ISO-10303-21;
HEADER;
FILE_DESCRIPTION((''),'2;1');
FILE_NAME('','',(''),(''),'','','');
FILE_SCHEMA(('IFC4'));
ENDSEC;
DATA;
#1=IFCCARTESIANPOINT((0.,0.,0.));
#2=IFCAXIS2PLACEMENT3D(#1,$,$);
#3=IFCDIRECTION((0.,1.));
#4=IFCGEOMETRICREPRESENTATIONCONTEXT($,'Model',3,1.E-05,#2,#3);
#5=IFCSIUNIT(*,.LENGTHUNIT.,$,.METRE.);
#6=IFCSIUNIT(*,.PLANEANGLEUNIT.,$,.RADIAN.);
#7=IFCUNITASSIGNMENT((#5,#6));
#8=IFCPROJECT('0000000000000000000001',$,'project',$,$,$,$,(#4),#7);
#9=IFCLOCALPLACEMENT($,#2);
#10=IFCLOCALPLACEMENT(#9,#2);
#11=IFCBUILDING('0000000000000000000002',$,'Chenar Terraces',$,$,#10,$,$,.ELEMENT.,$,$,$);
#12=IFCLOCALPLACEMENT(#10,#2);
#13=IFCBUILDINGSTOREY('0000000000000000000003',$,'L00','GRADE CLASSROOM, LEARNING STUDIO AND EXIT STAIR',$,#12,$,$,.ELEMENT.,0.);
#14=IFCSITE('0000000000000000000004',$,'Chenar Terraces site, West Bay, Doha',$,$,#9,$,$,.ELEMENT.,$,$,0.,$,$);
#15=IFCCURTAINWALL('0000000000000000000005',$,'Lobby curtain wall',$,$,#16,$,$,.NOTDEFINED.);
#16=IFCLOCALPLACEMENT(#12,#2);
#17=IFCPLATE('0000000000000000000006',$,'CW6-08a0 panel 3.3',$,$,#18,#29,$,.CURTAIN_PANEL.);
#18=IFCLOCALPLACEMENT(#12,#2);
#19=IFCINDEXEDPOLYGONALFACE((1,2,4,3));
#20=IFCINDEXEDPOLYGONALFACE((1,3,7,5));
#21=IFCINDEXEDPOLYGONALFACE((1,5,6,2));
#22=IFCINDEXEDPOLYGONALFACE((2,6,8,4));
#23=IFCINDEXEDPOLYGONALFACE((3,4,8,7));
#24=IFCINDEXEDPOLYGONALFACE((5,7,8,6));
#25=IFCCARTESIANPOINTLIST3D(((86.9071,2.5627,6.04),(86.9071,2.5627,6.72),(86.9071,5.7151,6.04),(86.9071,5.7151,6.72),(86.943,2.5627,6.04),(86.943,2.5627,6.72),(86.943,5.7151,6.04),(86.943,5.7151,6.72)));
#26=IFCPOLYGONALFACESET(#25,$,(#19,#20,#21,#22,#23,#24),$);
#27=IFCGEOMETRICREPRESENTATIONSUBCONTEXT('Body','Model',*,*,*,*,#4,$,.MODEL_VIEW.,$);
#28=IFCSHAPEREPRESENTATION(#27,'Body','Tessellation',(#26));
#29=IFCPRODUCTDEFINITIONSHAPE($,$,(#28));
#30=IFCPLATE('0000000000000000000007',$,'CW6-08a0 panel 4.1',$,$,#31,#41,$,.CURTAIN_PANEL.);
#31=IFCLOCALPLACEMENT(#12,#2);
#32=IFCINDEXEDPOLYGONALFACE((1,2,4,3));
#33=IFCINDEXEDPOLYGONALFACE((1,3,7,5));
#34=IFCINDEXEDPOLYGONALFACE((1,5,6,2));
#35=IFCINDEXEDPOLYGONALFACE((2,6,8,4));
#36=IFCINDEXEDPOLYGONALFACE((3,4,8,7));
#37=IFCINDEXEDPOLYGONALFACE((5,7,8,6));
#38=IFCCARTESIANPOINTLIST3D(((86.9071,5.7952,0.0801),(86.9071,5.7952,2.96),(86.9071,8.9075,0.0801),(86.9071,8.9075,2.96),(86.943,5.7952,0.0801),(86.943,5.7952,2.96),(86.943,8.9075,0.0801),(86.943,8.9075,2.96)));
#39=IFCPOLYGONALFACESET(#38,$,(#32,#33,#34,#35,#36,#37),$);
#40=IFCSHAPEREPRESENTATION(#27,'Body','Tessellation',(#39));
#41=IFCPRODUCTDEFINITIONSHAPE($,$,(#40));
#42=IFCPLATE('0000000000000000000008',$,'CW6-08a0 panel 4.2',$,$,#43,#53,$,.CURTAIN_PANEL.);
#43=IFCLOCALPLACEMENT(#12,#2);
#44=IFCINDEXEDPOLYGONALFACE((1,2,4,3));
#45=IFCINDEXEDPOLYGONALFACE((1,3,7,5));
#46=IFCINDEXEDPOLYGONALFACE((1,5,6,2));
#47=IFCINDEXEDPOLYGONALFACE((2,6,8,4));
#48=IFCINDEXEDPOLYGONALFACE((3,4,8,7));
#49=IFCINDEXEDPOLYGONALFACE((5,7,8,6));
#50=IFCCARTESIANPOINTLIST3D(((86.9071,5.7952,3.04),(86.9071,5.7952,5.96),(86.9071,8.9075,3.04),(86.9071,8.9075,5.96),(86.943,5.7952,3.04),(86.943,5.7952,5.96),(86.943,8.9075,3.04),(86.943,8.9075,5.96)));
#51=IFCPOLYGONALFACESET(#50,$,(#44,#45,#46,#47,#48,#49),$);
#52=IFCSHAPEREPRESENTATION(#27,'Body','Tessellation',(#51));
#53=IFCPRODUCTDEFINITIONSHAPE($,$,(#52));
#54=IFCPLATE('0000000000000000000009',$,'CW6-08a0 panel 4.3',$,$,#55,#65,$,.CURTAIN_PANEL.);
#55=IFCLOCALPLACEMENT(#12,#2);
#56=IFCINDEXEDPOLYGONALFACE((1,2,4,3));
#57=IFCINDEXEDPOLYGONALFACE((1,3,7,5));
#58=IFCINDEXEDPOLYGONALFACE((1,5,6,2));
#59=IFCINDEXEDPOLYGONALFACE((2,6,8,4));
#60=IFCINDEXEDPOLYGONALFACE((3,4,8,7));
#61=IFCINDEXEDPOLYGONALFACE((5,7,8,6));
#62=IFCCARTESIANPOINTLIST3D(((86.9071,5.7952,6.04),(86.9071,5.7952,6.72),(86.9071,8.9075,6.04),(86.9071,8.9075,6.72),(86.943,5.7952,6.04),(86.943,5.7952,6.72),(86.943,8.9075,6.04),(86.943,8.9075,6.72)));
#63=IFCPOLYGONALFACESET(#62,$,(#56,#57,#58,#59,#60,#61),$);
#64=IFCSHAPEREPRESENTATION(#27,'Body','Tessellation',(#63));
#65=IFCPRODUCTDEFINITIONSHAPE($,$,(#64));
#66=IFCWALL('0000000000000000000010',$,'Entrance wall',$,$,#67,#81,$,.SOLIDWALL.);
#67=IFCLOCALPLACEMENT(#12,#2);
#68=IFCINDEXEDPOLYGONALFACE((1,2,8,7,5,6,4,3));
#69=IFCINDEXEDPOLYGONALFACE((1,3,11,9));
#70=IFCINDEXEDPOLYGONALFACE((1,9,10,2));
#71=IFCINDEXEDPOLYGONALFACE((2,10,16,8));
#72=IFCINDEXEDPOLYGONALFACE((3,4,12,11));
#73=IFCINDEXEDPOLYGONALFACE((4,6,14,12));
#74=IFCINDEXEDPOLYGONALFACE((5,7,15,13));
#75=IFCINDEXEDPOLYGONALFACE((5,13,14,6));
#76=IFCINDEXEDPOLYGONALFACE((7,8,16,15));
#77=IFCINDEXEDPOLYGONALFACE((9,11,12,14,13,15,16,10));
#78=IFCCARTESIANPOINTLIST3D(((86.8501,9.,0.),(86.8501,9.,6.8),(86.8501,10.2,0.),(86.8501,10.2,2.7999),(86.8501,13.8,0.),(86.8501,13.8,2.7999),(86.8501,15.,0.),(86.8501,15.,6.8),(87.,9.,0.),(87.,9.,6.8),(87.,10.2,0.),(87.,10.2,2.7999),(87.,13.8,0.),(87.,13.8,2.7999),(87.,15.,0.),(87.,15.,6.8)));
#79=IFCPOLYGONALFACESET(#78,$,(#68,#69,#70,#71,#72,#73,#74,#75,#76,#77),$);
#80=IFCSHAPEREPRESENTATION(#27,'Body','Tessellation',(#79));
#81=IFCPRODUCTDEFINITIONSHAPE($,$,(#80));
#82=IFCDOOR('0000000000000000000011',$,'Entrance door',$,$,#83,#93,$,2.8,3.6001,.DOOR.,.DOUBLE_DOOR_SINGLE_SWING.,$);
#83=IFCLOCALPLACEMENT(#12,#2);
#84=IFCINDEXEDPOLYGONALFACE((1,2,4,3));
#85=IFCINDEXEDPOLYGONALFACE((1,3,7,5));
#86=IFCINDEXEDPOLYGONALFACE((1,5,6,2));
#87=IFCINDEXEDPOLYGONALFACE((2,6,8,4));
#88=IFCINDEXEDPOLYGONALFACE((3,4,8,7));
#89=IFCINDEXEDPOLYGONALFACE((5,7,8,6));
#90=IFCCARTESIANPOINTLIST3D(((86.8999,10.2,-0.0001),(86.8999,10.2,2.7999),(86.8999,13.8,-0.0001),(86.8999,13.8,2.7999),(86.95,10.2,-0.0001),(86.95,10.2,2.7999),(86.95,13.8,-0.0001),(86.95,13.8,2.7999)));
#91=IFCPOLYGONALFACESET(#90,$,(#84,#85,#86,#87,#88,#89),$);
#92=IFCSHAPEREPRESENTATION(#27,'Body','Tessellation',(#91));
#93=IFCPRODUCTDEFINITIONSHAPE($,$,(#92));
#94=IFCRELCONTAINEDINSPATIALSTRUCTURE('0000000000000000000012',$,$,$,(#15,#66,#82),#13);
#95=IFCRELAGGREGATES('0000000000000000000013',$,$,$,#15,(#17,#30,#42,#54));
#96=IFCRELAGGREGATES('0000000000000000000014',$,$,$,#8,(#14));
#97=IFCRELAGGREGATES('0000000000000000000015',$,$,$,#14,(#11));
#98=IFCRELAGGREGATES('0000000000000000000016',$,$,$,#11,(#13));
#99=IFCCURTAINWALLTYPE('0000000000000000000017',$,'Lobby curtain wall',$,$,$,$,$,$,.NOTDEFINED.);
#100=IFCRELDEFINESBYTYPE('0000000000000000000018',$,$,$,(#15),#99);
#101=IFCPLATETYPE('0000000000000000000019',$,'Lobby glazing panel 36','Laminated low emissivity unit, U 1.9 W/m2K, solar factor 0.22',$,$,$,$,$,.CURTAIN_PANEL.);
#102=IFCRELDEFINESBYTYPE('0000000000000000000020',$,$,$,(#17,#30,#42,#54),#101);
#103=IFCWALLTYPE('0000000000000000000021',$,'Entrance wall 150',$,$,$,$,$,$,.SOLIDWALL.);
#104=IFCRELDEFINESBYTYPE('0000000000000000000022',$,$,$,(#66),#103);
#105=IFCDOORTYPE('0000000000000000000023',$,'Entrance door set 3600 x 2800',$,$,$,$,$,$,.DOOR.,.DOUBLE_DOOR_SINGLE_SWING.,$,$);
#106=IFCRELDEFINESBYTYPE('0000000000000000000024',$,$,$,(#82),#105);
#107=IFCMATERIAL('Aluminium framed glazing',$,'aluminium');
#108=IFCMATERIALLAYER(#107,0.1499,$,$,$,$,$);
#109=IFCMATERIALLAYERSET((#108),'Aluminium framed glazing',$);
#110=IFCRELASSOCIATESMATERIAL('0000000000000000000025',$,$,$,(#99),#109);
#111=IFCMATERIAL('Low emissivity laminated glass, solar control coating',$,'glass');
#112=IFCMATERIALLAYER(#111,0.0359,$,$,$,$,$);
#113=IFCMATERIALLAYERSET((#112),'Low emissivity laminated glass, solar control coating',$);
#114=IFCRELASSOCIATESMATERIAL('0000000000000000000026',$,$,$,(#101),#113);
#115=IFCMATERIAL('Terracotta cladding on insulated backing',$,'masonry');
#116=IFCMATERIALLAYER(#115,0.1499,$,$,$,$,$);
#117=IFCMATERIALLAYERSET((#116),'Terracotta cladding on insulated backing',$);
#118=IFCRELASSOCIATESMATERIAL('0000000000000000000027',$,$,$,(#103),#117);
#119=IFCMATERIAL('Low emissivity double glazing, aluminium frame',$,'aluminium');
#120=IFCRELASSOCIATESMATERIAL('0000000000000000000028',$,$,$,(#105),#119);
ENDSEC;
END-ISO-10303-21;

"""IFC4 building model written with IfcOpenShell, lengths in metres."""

from ifc_helpers import new_model, si_unit, direction, frame, frame_2d, origin, origin_2d, place, context, subcontext, project, spatial, rectangle, extrude, material, layer, layer_set, type_object, element, fill, aggregate, save


model = new_model("IFC4")

# Units and contexts
model_context = context("Model", 3, precision=1e-05, world=origin(), true_north=direction((0.0, 1.0)))
body_context = subcontext(model_context, "Body", "Model", "MODEL_VIEW")
ifc_project = project(units=[si_unit("LENGTHUNIT", "METRE"), si_unit("PLANEANGLEUNIT", "RADIAN")], contexts=[model_context])

# Site, building, storey
site_placement = place(None, origin())
site = spatial("IfcSite", under=ifc_project, at=site_placement, Name="Chenar Terraces site, West Bay, Doha", CompositionType="ELEMENT", RefElevation=0.0)
building_placement = place(site_placement, origin())
building = spatial("IfcBuilding", under=site, at=building_placement, Name="Chenar Terraces", CompositionType="ELEMENT")
storey_placement = place(building_placement, origin())
storey = spatial("IfcBuildingStorey", under=building, at=storey_placement, Name="L00", Description="GRADE CLASSROOM, LEARNING STUDIO AND EXIT STAIR", CompositionType="ELEMENT", Elevation=0.0)

# Curtain wall, plates
ifc_material_1 = material(Name="Aluminium framed glazing", Category="aluminium")
ifc_layer_1 = layer(ifc_material_1, 0.1499)
ifc_layer_set_1 = layer_set([ifc_layer_1], Name="Aluminium framed glazing")
curtain_wall_type = type_object("IfcCurtainWallType", Name="Lobby curtain wall", PredefinedType="NOTDEFINED", material=ifc_layer_set_1)
curtain_wall_placement = place(storey_placement, origin())
curtain_wall = element("IfcCurtainWall", 1, at=curtain_wall_placement, inside=storey, type_object=curtain_wall_type, Name="Lobby curtain wall", PredefinedType="NOTDEFINED")
ifc_material_2 = material(Name="Low emissivity laminated glass, solar control coating", Category="glass")
ifc_layer_2 = layer(ifc_material_2, 0.0359)
ifc_layer_set_2 = layer_set([ifc_layer_2], Name="Low emissivity laminated glass, solar control coating")
plate_type = type_object("IfcPlateType", Name="Lobby glazing panel 36", Description="Laminated low emissivity unit, U 1.9 W/m2K, solar factor 0.22", PredefinedType="CURTAIN_PANEL", material=ifc_layer_set_2)
plate_1_placement = place(storey_placement, frame((86.925, 4.1389, 6.04), z_axis=(0.0, 0.0, 1.0), x_axis=(0.0, 1.0, 0.0)))
plate_1 = element("IfcPlate", 2, at=plate_1_placement, type_object=plate_type, Name="CW6-08a0 panel 3.3", PredefinedType="CURTAIN_PANEL", context=body_context, shape_type="SweptSolid", body=[
    extrude(rectangle(XDim=3.1523, YDim=0.0359, at=origin_2d()), origin(), (0.0, 0.0, 1.0), 0.6799),
])
plate_2_placement = place(storey_placement, frame((86.925, 7.3513, 0.0801), z_axis=(0.0, 0.0, 1.0), x_axis=(0.0, 1.0, 0.0)))
plate_2 = element("IfcPlate", 3, at=plate_2_placement, type_object=plate_type, Name="CW6-08a0 panel 4.1", PredefinedType="CURTAIN_PANEL", context=body_context, shape_type="SweptSolid", body=[
    extrude(rectangle(XDim=3.1123, YDim=0.0359, at=origin_2d()), origin(), (0.0, 0.0, 1.0), 2.8799),
])
plate_3_placement = place(storey_placement, frame((86.925, 7.3513, 3.04), z_axis=(0.0, 0.0, 1.0), x_axis=(0.0, 1.0, 0.0)))
plate_3 = element("IfcPlate", 4, at=plate_3_placement, type_object=plate_type, Name="CW6-08a0 panel 4.2", PredefinedType="CURTAIN_PANEL", context=body_context, shape_type="SweptSolid", body=[
    extrude(rectangle(XDim=3.1123, YDim=0.0359, at=origin_2d()), origin(), (0.0, 0.0, 1.0), 2.9199),
])
plate_4_placement = place(storey_placement, frame((86.925, 7.3513, 6.04), z_axis=(0.0, 0.0, 1.0), x_axis=(0.0, 1.0, 0.0)))
plate_4 = element("IfcPlate", 5, at=plate_4_placement, type_object=plate_type, Name="CW6-08a0 panel 4.3", PredefinedType="CURTAIN_PANEL", context=body_context, shape_type="SweptSolid", body=[
    extrude(rectangle(XDim=3.1123, YDim=0.0359, at=origin_2d()), origin(), (0.0, 0.0, 1.0), 0.6799),
])
aggregate(curtain_wall, [plate_1, plate_2, plate_3, plate_4])

# Wall, opening, door
ifc_material_3 = material(Name="Terracotta cladding on insulated backing", Category="masonry")
ifc_layer_3 = layer(ifc_material_3, 0.1499)
ifc_layer_set_3 = layer_set([ifc_layer_3], Name="Terracotta cladding on insulated backing")
wall_type = type_object("IfcWallType", Name="Entrance wall 150", PredefinedType="SOLIDWALL", material=ifc_layer_set_3)
wall_placement = place(storey_placement, frame((86.925, 9.0, 0.0), z_axis=(0.0, 0.0, 1.0), x_axis=(0.0, 1.0, 0.0)))
wall = element("IfcWall", 6, at=wall_placement, inside=storey, type_object=wall_type, Name="Entrance wall", PredefinedType="SOLIDWALL", context=body_context, shape_type="SweptSolid", body=[
    extrude(rectangle(XDim=6.0, YDim=0.1499, at=frame_2d((3.0, 0.0))), origin(), (0.0, 0.0, 1.0), 6.8),
])
opening_placement = place(wall_placement, frame((1.2, 0.0, 0.0)))
opening = element("IfcOpeningElement", 7, at=opening_placement, cuts=wall, PredefinedType="OPENING", context=body_context, shape_type="SweptSolid", body=[
    extrude(rectangle(XDim=3.6001, YDim=2.8, at=frame_2d((1.8, 1.3999))), frame((0.0, 0.085, 0.0), z_axis=(0.0, -1.0, 0.0), x_axis=(1.0, 0.0, 0.0)), (0.0, 0.0, 1.0), 0.1699),
])
ifc_material_4 = material(Name="Low emissivity double glazing, aluminium frame", Category="aluminium")
door_type = type_object("IfcDoorType", Name="Entrance door set 3600 x 2800", OperationType="DOUBLE_DOOR_SINGLE_SWING", PredefinedType="DOOR", material=ifc_material_4)
door_placement = place(opening_placement, frame((3.6001, 0.0, 0.0), z_axis=(0.0, 0.0, 1.0), x_axis=(-1.0, 0.0, 0.0)))
door = element("IfcDoor", 8, at=door_placement, inside=storey, type_object=door_type, Name="Entrance door", OperationType="DOUBLE_DOOR_SINGLE_SWING", OverallHeight=2.8, OverallWidth=3.6001, PredefinedType="DOOR", context=body_context, shape_type="SweptSolid", body=[
    extrude(rectangle(XDim=3.6001, YDim=2.8, at=frame_2d((1.8, 1.3999))), frame((0.0, 0.0249, 0.0), z_axis=(0.0, -1.0, 0.0), x_axis=(1.0, 0.0, 0.0)), (0.0, 0.0, 1.0), 0.05),
])
fill(opening, door)

save(model, "model.ifc")
